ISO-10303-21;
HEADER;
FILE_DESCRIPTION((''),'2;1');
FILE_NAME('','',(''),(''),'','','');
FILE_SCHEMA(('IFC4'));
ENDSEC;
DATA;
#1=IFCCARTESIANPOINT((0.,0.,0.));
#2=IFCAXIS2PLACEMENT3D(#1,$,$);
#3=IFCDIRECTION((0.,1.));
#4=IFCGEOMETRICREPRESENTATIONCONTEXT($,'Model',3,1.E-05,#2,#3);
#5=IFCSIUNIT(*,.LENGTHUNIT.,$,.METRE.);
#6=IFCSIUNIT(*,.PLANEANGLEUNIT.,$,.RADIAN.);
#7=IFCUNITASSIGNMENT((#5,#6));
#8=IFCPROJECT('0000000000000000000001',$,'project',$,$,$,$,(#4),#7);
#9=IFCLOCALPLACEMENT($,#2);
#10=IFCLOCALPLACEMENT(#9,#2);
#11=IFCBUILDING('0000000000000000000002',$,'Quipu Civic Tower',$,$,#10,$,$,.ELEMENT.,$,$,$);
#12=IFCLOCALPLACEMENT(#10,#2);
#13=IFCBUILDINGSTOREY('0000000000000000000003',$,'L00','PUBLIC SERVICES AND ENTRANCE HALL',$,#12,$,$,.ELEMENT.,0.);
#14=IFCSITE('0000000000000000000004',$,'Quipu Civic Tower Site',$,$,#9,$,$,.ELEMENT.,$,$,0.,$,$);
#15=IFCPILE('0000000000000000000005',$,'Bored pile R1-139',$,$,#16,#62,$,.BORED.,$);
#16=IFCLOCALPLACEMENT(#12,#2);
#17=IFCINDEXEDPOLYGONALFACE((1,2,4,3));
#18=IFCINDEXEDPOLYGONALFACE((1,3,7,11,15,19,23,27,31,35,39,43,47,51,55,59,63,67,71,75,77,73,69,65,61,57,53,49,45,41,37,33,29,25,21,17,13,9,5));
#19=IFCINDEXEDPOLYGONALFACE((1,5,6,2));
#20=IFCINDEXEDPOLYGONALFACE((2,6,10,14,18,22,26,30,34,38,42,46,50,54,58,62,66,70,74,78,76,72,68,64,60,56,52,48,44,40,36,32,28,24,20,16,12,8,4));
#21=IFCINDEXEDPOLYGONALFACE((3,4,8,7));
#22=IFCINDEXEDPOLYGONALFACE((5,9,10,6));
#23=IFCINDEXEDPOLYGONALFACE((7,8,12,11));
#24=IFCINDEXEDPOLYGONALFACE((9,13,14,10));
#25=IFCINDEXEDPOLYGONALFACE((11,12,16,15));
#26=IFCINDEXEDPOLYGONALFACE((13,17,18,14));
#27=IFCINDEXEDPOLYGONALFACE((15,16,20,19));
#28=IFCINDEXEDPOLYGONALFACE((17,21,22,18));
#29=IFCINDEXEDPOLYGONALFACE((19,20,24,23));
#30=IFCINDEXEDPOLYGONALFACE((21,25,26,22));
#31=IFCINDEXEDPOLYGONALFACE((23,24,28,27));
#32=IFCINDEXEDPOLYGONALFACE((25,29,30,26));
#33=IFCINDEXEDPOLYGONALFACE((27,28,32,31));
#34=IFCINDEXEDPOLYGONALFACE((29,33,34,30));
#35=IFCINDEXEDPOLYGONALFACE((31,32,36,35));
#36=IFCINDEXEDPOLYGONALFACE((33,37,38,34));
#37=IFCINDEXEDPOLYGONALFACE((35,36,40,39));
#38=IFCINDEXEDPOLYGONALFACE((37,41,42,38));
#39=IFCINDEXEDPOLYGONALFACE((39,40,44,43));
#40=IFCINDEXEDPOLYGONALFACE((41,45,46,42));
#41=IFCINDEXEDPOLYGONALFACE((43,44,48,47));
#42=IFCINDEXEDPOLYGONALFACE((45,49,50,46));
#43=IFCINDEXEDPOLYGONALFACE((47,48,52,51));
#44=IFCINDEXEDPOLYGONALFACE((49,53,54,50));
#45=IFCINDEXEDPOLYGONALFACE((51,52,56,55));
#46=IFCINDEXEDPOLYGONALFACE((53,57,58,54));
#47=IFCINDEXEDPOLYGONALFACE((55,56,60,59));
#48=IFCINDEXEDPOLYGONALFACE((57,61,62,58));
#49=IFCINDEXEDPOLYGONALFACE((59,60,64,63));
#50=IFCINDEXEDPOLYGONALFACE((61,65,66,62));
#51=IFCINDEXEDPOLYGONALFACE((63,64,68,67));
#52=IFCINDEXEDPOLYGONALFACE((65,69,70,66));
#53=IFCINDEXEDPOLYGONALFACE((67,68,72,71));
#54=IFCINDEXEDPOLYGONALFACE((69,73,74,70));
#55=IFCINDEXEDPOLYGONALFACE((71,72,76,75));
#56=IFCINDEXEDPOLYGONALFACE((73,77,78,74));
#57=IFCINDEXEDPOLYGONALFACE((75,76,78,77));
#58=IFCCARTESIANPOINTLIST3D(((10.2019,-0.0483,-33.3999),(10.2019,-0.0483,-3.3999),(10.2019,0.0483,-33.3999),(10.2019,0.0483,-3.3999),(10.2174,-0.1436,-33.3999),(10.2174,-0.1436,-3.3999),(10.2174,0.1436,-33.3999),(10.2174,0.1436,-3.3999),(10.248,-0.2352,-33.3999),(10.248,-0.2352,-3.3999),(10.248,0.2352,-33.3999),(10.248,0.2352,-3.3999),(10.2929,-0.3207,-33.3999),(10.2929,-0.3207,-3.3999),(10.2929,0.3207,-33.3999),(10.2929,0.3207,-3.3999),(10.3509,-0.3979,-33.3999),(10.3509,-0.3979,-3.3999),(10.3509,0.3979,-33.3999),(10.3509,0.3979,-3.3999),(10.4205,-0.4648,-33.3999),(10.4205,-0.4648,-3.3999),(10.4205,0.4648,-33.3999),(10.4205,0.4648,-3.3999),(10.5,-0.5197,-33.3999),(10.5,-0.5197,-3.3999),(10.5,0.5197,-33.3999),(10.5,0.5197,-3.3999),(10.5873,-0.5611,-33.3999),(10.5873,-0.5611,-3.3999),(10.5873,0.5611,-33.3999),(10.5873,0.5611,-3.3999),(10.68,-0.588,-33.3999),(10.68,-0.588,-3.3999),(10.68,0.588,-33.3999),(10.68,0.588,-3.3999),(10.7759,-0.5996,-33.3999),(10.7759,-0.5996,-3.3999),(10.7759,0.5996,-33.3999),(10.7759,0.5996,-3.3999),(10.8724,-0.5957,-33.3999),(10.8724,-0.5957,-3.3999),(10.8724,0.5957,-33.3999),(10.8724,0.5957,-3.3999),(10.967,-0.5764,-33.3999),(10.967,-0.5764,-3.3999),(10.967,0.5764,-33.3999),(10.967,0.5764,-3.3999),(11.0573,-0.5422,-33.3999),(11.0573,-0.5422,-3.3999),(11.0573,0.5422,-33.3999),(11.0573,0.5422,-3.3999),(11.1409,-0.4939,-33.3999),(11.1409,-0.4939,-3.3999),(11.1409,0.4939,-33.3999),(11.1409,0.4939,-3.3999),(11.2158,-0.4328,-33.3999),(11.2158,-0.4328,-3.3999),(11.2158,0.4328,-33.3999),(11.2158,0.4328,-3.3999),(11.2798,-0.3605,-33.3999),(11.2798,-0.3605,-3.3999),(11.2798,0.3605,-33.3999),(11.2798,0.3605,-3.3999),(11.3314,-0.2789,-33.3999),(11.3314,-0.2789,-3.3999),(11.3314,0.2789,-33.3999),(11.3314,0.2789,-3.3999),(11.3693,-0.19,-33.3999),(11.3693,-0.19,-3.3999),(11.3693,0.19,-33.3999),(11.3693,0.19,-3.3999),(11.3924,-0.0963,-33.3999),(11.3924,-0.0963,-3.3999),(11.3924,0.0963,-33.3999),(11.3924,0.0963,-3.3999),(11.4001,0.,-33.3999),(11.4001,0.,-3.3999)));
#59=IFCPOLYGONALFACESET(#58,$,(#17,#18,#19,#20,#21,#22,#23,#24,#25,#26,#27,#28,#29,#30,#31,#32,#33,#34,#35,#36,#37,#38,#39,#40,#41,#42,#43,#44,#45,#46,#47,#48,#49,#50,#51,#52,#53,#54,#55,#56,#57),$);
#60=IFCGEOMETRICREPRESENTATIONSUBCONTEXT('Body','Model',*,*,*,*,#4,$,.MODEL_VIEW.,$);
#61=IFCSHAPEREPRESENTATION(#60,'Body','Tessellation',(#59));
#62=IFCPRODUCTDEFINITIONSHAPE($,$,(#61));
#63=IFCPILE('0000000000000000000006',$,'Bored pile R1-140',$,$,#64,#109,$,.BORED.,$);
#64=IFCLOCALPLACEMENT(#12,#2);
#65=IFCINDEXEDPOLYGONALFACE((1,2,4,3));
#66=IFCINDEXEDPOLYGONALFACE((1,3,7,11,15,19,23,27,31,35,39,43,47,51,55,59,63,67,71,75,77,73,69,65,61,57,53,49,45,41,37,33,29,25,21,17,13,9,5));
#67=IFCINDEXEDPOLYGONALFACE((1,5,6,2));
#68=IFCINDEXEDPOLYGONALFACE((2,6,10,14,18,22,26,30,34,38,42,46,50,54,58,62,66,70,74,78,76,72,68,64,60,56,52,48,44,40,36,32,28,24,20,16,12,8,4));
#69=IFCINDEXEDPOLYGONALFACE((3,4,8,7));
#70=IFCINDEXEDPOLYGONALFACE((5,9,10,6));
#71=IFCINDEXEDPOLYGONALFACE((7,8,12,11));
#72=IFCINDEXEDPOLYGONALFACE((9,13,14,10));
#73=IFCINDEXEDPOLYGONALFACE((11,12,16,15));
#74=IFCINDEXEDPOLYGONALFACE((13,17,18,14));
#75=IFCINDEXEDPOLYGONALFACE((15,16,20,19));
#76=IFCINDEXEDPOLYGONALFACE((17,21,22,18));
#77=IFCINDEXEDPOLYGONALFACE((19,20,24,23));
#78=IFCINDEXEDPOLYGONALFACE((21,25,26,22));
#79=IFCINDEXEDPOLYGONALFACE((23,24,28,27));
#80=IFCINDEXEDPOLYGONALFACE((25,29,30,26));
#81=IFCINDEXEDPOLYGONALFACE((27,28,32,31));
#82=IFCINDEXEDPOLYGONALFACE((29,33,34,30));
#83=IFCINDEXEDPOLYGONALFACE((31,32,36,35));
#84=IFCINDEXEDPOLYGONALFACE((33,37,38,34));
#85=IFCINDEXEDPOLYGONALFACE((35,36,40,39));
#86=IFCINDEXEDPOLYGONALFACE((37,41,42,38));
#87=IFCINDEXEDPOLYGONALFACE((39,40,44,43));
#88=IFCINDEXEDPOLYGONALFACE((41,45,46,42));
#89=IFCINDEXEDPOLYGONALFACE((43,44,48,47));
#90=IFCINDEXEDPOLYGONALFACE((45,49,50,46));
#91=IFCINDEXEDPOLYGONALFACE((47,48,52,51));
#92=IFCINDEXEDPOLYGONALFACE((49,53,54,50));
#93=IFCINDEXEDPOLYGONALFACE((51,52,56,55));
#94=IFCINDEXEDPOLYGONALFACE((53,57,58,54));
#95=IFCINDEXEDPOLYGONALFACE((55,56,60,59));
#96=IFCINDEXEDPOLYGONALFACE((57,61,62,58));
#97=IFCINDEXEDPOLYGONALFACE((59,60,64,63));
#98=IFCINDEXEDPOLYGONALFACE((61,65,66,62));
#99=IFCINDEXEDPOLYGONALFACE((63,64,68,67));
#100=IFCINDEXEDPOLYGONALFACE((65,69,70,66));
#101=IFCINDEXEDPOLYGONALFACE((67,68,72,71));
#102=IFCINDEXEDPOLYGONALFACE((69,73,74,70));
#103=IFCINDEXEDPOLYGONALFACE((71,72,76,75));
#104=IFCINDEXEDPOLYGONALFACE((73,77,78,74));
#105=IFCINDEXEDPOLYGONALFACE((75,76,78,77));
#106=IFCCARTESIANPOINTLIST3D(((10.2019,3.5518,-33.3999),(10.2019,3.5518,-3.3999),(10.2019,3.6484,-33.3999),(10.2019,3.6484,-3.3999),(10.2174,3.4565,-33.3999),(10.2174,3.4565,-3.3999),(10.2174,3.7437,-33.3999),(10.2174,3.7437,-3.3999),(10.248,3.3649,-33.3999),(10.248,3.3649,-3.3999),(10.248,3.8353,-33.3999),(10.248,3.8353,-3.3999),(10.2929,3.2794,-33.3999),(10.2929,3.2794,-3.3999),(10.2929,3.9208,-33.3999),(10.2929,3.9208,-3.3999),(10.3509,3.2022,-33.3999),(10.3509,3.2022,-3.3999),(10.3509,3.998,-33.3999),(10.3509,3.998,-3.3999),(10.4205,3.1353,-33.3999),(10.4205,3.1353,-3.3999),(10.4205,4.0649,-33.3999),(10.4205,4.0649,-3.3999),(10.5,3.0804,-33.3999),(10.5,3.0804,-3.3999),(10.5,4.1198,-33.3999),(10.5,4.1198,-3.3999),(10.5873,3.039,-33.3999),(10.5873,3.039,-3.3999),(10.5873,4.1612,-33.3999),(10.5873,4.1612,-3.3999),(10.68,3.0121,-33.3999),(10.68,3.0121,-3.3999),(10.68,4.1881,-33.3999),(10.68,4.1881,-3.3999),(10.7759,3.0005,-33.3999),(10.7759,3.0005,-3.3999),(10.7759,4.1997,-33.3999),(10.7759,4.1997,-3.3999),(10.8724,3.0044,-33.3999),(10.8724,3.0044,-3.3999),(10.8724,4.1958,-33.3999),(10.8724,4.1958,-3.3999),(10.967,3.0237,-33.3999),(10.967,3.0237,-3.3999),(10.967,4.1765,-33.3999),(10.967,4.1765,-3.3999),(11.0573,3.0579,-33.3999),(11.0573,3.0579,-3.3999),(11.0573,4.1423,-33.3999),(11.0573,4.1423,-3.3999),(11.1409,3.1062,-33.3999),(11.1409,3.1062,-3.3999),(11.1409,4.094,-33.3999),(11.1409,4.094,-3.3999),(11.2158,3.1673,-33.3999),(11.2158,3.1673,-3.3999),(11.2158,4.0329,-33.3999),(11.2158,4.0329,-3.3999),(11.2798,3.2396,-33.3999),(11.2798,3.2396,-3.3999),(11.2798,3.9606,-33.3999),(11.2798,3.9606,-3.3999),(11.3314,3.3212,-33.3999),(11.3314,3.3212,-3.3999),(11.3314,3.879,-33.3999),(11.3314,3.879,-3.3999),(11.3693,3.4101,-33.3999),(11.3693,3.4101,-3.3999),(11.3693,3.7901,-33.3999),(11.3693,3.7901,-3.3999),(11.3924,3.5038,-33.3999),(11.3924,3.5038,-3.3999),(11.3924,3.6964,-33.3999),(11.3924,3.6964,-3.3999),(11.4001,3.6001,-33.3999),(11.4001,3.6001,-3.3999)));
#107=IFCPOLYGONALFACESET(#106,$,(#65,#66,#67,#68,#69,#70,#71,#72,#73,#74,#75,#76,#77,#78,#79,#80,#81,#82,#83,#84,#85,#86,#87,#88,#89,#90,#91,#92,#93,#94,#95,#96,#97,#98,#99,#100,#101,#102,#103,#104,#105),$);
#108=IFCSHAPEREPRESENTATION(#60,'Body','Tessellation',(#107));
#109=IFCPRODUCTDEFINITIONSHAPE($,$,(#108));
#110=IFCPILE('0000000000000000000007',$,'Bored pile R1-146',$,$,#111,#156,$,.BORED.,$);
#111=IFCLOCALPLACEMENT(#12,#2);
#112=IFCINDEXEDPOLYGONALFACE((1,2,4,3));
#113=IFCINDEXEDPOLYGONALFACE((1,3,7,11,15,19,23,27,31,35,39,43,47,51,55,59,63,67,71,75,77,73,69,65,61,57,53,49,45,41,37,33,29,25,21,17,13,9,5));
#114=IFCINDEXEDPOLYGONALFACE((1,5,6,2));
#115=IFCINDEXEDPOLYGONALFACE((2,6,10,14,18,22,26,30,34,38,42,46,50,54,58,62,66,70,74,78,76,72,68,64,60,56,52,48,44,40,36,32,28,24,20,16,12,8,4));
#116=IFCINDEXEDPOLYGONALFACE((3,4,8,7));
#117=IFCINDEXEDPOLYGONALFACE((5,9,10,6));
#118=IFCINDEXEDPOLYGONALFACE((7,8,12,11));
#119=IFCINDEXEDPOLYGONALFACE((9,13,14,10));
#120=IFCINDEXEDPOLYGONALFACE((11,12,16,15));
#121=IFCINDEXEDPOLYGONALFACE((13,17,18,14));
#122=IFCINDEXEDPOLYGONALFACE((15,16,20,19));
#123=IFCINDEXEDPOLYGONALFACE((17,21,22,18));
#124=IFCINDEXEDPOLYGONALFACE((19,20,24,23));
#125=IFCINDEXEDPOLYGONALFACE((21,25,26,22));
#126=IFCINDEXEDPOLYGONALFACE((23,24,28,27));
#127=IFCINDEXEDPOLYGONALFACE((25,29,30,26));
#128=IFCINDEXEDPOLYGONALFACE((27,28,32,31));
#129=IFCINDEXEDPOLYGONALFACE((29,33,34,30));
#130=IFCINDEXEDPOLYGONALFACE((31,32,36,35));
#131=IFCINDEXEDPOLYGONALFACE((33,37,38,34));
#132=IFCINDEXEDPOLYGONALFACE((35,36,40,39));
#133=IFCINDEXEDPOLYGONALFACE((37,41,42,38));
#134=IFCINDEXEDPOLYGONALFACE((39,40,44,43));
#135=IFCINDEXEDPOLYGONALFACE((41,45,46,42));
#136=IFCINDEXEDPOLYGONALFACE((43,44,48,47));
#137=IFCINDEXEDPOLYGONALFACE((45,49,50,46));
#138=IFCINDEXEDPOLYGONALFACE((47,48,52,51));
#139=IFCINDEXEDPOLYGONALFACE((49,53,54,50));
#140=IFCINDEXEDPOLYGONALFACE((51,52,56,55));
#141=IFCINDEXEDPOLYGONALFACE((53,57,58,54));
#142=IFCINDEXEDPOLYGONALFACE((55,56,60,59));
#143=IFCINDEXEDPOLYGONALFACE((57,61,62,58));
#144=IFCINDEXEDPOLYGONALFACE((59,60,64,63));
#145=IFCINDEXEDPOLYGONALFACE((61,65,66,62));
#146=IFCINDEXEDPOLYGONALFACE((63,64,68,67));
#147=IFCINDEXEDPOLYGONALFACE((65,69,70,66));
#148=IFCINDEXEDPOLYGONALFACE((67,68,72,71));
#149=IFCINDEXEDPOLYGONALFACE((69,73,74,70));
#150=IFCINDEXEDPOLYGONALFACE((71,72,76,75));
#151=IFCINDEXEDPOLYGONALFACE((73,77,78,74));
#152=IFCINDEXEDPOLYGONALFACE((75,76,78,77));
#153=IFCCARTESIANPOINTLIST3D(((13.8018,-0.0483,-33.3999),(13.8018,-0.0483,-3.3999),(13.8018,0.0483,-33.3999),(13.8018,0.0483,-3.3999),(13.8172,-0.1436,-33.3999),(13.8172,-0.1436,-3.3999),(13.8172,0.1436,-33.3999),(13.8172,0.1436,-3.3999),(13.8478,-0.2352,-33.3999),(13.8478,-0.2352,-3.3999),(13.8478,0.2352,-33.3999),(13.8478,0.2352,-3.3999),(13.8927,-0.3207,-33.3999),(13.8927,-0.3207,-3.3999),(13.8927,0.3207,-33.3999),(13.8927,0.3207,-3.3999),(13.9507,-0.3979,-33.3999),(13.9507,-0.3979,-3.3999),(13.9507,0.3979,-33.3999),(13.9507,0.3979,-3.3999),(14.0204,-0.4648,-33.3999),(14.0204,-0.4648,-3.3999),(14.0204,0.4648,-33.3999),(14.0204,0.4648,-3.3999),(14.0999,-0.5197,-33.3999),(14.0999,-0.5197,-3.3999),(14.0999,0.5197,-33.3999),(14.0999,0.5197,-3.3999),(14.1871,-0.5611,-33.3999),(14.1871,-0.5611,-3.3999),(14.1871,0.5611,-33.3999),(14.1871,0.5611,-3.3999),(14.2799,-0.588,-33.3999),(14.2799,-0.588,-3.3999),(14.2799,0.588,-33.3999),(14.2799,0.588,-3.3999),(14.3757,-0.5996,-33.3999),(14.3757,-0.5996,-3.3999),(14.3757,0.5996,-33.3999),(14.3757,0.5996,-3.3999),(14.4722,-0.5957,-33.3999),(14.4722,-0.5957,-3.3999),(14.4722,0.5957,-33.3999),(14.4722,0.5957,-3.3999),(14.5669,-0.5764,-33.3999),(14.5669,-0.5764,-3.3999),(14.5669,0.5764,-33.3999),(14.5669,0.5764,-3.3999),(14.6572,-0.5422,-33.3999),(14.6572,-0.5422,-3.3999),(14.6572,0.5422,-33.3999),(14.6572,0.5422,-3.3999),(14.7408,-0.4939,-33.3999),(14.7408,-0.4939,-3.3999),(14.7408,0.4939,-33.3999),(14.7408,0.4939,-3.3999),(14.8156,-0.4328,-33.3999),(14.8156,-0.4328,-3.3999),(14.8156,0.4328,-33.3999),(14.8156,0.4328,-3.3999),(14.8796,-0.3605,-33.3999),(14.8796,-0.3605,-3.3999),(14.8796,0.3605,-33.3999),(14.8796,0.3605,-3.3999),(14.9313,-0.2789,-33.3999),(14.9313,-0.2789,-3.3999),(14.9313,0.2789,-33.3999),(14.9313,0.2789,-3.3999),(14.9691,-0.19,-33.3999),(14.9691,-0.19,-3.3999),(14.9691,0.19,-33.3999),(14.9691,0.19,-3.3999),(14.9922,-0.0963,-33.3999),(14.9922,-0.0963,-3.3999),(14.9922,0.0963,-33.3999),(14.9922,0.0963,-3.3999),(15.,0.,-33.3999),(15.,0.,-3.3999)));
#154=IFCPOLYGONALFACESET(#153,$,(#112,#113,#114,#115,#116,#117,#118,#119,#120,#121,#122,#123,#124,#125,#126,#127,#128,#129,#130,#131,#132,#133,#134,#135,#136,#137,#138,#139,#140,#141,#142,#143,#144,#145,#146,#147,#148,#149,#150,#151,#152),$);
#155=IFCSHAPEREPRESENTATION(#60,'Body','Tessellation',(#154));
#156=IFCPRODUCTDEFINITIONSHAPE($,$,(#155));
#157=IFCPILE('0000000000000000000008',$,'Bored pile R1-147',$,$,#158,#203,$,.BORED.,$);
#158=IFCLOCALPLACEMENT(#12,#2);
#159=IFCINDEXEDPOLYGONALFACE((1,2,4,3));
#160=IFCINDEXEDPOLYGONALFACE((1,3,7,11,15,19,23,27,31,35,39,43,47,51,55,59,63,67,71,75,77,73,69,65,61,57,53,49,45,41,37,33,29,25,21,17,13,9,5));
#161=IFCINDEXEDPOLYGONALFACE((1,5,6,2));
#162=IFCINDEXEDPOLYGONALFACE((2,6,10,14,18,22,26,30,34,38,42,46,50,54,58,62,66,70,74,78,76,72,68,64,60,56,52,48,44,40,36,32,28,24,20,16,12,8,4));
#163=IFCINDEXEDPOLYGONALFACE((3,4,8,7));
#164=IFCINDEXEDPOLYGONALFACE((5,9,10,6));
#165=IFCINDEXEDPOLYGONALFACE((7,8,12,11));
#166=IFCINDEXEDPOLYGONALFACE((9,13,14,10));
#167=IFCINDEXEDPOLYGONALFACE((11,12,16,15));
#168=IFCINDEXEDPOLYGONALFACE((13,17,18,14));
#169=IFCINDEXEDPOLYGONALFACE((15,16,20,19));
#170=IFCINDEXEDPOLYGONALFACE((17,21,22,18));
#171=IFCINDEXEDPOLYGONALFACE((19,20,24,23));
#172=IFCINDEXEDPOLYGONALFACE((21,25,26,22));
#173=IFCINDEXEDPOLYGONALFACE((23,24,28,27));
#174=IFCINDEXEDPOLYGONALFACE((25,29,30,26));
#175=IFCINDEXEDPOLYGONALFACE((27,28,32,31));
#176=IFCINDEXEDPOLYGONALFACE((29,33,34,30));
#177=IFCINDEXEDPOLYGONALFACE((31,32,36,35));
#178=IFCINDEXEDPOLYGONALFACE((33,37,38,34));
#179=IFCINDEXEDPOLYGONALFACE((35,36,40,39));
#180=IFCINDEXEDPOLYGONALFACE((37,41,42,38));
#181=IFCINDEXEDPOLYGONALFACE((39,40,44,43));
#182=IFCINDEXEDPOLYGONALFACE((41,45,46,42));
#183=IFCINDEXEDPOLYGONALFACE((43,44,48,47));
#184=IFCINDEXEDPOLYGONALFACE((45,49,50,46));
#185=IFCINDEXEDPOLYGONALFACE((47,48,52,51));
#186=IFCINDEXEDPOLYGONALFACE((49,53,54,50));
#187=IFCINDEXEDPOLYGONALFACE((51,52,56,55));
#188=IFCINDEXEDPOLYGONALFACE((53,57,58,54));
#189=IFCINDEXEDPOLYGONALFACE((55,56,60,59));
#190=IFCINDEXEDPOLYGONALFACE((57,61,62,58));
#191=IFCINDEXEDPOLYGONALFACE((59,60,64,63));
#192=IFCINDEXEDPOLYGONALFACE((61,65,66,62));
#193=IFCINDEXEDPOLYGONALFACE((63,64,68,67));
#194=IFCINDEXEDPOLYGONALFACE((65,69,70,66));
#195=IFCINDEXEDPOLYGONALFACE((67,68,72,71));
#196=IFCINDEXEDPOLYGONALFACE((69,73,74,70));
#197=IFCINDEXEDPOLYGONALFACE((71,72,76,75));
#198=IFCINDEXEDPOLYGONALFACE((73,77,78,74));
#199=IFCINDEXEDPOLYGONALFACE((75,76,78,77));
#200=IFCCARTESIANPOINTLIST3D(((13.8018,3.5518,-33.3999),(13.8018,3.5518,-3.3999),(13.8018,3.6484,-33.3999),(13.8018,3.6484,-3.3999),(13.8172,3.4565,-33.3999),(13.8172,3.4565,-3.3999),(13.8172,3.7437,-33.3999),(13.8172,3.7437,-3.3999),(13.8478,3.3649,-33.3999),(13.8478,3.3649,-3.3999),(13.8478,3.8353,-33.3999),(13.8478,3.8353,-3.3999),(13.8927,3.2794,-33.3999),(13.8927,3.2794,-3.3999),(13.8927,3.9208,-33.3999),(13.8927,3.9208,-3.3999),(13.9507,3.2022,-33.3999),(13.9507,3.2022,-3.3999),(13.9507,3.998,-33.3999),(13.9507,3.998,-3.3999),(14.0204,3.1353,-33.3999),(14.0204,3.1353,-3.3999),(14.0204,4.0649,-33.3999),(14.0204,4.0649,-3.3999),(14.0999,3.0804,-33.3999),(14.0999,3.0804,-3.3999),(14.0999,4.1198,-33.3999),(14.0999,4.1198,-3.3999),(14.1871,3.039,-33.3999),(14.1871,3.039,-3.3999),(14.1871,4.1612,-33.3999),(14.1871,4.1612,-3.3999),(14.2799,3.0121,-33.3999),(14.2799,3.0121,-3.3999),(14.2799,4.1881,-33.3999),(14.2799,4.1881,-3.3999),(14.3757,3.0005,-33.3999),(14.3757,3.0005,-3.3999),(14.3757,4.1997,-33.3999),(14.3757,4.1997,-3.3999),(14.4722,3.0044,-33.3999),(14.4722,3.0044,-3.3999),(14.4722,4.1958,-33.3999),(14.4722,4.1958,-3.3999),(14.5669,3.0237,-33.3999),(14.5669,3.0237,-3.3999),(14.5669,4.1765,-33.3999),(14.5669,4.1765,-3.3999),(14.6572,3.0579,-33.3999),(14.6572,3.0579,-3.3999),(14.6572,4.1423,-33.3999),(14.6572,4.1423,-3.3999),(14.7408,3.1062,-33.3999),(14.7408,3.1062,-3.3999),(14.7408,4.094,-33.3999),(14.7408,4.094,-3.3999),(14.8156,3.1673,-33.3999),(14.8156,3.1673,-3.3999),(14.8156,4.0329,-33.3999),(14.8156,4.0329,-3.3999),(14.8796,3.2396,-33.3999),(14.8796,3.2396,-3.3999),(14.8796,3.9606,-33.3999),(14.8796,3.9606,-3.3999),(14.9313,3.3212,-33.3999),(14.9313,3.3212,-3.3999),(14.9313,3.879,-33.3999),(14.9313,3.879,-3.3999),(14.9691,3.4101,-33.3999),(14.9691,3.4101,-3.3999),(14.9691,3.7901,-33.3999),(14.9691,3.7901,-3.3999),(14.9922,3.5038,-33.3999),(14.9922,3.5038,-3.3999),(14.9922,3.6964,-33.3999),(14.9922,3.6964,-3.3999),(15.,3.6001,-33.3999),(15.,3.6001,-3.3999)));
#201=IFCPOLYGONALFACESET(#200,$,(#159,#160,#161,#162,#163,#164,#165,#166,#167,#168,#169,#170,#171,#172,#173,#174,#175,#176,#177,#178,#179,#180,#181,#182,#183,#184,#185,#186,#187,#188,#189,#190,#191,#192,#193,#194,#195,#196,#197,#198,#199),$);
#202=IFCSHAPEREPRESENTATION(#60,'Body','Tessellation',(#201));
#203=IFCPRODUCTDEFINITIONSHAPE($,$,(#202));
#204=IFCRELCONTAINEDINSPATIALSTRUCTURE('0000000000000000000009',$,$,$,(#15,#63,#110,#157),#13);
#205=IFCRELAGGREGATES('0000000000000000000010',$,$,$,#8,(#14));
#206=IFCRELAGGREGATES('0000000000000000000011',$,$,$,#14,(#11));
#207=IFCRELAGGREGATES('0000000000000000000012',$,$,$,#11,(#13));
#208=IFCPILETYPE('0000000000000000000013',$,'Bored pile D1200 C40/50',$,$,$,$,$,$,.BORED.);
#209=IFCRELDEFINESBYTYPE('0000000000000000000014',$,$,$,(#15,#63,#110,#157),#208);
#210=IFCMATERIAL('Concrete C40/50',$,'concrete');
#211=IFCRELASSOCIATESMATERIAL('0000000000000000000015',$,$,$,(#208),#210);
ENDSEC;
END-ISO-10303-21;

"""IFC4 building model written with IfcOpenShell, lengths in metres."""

from ifc_helpers import new_model, si_unit, direction, frame, origin, origin_2d, place, context, subcontext, project, spatial, circle, extrude, material, material_profile, profile_set, type_object, element, save


model = new_model("IFC4")

# Units and contexts
model_context = context("Model", 3, precision=1e-05, world=origin(), true_north=direction((0.0, 1.0)))
body_context = subcontext(model_context, "Body", "Model", "MODEL_VIEW")
ifc_project = project(units=[si_unit("LENGTHUNIT", "METRE"), si_unit("PLANEANGLEUNIT", "RADIAN")], contexts=[model_context])

# Site, building, storey
site_placement = place(None, origin())
site = spatial("IfcSite", under=ifc_project, at=site_placement, Name="Quipu Civic Tower Site", CompositionType="ELEMENT", RefElevation=0.0)
building_placement = place(site_placement, origin())
building = spatial("IfcBuilding", under=site, at=building_placement, Name="Quipu Civic Tower", CompositionType="ELEMENT")
storey_placement = place(building_placement, origin())
storey = spatial("IfcBuildingStorey", under=building, at=storey_placement, Name="L00", Description="PUBLIC SERVICES AND ENTRANCE HALL", CompositionType="ELEMENT", Elevation=0.0)

# Piles
ifc_material_1 = material(Name="Concrete C40/50", Category="concrete")
ifc_material_profile = material_profile(ifc_material_1, circle(Radius=0.6001, at=origin_2d()), Name="RCD1200")
ifc_profile_set = profile_set([ifc_material_profile], Name="Concrete C40/50")
pile_type = type_object("IfcPileType", Name="Bored pile D1200 C40/50", PredefinedType="BORED", material=ifc_profile_set)
for number, where, z_axis, x_axis, name in (
    (1, (10.8, 0.0, -3.3999), (0.0, 0.0, -1.0), (1.0, 0.0, 0.0), "Bored pile R1-139"),
    (2, (10.8, 3.6001, -3.3999), (0.0, 0.0, -1.0), (1.0, 0.0, 0.0), "Bored pile R1-140"),
    (3, (14.3999, 0.0, -3.3999), (0.0, 0.0, -1.0), (1.0, 0.0, 0.0), "Bored pile R1-146"),
    (4, (14.3999, 3.6001, -3.3999), (0.0, 0.0, -1.0), (1.0, 0.0, 0.0), "Bored pile R1-147"),
):
    element("IfcPile", number, at=place(storey_placement, frame(where, z_axis=z_axis, x_axis=x_axis)), inside=storey, type_object=pile_type, Name=name, PredefinedType="BORED", context=body_context, shape_type="SweptSolid", body=[
        extrude(circle(Radius=0.6001, at=origin_2d()), origin(), (0.0, 0.0, 1.0), 30.0),
    ])

save(model, "model.ifc")
